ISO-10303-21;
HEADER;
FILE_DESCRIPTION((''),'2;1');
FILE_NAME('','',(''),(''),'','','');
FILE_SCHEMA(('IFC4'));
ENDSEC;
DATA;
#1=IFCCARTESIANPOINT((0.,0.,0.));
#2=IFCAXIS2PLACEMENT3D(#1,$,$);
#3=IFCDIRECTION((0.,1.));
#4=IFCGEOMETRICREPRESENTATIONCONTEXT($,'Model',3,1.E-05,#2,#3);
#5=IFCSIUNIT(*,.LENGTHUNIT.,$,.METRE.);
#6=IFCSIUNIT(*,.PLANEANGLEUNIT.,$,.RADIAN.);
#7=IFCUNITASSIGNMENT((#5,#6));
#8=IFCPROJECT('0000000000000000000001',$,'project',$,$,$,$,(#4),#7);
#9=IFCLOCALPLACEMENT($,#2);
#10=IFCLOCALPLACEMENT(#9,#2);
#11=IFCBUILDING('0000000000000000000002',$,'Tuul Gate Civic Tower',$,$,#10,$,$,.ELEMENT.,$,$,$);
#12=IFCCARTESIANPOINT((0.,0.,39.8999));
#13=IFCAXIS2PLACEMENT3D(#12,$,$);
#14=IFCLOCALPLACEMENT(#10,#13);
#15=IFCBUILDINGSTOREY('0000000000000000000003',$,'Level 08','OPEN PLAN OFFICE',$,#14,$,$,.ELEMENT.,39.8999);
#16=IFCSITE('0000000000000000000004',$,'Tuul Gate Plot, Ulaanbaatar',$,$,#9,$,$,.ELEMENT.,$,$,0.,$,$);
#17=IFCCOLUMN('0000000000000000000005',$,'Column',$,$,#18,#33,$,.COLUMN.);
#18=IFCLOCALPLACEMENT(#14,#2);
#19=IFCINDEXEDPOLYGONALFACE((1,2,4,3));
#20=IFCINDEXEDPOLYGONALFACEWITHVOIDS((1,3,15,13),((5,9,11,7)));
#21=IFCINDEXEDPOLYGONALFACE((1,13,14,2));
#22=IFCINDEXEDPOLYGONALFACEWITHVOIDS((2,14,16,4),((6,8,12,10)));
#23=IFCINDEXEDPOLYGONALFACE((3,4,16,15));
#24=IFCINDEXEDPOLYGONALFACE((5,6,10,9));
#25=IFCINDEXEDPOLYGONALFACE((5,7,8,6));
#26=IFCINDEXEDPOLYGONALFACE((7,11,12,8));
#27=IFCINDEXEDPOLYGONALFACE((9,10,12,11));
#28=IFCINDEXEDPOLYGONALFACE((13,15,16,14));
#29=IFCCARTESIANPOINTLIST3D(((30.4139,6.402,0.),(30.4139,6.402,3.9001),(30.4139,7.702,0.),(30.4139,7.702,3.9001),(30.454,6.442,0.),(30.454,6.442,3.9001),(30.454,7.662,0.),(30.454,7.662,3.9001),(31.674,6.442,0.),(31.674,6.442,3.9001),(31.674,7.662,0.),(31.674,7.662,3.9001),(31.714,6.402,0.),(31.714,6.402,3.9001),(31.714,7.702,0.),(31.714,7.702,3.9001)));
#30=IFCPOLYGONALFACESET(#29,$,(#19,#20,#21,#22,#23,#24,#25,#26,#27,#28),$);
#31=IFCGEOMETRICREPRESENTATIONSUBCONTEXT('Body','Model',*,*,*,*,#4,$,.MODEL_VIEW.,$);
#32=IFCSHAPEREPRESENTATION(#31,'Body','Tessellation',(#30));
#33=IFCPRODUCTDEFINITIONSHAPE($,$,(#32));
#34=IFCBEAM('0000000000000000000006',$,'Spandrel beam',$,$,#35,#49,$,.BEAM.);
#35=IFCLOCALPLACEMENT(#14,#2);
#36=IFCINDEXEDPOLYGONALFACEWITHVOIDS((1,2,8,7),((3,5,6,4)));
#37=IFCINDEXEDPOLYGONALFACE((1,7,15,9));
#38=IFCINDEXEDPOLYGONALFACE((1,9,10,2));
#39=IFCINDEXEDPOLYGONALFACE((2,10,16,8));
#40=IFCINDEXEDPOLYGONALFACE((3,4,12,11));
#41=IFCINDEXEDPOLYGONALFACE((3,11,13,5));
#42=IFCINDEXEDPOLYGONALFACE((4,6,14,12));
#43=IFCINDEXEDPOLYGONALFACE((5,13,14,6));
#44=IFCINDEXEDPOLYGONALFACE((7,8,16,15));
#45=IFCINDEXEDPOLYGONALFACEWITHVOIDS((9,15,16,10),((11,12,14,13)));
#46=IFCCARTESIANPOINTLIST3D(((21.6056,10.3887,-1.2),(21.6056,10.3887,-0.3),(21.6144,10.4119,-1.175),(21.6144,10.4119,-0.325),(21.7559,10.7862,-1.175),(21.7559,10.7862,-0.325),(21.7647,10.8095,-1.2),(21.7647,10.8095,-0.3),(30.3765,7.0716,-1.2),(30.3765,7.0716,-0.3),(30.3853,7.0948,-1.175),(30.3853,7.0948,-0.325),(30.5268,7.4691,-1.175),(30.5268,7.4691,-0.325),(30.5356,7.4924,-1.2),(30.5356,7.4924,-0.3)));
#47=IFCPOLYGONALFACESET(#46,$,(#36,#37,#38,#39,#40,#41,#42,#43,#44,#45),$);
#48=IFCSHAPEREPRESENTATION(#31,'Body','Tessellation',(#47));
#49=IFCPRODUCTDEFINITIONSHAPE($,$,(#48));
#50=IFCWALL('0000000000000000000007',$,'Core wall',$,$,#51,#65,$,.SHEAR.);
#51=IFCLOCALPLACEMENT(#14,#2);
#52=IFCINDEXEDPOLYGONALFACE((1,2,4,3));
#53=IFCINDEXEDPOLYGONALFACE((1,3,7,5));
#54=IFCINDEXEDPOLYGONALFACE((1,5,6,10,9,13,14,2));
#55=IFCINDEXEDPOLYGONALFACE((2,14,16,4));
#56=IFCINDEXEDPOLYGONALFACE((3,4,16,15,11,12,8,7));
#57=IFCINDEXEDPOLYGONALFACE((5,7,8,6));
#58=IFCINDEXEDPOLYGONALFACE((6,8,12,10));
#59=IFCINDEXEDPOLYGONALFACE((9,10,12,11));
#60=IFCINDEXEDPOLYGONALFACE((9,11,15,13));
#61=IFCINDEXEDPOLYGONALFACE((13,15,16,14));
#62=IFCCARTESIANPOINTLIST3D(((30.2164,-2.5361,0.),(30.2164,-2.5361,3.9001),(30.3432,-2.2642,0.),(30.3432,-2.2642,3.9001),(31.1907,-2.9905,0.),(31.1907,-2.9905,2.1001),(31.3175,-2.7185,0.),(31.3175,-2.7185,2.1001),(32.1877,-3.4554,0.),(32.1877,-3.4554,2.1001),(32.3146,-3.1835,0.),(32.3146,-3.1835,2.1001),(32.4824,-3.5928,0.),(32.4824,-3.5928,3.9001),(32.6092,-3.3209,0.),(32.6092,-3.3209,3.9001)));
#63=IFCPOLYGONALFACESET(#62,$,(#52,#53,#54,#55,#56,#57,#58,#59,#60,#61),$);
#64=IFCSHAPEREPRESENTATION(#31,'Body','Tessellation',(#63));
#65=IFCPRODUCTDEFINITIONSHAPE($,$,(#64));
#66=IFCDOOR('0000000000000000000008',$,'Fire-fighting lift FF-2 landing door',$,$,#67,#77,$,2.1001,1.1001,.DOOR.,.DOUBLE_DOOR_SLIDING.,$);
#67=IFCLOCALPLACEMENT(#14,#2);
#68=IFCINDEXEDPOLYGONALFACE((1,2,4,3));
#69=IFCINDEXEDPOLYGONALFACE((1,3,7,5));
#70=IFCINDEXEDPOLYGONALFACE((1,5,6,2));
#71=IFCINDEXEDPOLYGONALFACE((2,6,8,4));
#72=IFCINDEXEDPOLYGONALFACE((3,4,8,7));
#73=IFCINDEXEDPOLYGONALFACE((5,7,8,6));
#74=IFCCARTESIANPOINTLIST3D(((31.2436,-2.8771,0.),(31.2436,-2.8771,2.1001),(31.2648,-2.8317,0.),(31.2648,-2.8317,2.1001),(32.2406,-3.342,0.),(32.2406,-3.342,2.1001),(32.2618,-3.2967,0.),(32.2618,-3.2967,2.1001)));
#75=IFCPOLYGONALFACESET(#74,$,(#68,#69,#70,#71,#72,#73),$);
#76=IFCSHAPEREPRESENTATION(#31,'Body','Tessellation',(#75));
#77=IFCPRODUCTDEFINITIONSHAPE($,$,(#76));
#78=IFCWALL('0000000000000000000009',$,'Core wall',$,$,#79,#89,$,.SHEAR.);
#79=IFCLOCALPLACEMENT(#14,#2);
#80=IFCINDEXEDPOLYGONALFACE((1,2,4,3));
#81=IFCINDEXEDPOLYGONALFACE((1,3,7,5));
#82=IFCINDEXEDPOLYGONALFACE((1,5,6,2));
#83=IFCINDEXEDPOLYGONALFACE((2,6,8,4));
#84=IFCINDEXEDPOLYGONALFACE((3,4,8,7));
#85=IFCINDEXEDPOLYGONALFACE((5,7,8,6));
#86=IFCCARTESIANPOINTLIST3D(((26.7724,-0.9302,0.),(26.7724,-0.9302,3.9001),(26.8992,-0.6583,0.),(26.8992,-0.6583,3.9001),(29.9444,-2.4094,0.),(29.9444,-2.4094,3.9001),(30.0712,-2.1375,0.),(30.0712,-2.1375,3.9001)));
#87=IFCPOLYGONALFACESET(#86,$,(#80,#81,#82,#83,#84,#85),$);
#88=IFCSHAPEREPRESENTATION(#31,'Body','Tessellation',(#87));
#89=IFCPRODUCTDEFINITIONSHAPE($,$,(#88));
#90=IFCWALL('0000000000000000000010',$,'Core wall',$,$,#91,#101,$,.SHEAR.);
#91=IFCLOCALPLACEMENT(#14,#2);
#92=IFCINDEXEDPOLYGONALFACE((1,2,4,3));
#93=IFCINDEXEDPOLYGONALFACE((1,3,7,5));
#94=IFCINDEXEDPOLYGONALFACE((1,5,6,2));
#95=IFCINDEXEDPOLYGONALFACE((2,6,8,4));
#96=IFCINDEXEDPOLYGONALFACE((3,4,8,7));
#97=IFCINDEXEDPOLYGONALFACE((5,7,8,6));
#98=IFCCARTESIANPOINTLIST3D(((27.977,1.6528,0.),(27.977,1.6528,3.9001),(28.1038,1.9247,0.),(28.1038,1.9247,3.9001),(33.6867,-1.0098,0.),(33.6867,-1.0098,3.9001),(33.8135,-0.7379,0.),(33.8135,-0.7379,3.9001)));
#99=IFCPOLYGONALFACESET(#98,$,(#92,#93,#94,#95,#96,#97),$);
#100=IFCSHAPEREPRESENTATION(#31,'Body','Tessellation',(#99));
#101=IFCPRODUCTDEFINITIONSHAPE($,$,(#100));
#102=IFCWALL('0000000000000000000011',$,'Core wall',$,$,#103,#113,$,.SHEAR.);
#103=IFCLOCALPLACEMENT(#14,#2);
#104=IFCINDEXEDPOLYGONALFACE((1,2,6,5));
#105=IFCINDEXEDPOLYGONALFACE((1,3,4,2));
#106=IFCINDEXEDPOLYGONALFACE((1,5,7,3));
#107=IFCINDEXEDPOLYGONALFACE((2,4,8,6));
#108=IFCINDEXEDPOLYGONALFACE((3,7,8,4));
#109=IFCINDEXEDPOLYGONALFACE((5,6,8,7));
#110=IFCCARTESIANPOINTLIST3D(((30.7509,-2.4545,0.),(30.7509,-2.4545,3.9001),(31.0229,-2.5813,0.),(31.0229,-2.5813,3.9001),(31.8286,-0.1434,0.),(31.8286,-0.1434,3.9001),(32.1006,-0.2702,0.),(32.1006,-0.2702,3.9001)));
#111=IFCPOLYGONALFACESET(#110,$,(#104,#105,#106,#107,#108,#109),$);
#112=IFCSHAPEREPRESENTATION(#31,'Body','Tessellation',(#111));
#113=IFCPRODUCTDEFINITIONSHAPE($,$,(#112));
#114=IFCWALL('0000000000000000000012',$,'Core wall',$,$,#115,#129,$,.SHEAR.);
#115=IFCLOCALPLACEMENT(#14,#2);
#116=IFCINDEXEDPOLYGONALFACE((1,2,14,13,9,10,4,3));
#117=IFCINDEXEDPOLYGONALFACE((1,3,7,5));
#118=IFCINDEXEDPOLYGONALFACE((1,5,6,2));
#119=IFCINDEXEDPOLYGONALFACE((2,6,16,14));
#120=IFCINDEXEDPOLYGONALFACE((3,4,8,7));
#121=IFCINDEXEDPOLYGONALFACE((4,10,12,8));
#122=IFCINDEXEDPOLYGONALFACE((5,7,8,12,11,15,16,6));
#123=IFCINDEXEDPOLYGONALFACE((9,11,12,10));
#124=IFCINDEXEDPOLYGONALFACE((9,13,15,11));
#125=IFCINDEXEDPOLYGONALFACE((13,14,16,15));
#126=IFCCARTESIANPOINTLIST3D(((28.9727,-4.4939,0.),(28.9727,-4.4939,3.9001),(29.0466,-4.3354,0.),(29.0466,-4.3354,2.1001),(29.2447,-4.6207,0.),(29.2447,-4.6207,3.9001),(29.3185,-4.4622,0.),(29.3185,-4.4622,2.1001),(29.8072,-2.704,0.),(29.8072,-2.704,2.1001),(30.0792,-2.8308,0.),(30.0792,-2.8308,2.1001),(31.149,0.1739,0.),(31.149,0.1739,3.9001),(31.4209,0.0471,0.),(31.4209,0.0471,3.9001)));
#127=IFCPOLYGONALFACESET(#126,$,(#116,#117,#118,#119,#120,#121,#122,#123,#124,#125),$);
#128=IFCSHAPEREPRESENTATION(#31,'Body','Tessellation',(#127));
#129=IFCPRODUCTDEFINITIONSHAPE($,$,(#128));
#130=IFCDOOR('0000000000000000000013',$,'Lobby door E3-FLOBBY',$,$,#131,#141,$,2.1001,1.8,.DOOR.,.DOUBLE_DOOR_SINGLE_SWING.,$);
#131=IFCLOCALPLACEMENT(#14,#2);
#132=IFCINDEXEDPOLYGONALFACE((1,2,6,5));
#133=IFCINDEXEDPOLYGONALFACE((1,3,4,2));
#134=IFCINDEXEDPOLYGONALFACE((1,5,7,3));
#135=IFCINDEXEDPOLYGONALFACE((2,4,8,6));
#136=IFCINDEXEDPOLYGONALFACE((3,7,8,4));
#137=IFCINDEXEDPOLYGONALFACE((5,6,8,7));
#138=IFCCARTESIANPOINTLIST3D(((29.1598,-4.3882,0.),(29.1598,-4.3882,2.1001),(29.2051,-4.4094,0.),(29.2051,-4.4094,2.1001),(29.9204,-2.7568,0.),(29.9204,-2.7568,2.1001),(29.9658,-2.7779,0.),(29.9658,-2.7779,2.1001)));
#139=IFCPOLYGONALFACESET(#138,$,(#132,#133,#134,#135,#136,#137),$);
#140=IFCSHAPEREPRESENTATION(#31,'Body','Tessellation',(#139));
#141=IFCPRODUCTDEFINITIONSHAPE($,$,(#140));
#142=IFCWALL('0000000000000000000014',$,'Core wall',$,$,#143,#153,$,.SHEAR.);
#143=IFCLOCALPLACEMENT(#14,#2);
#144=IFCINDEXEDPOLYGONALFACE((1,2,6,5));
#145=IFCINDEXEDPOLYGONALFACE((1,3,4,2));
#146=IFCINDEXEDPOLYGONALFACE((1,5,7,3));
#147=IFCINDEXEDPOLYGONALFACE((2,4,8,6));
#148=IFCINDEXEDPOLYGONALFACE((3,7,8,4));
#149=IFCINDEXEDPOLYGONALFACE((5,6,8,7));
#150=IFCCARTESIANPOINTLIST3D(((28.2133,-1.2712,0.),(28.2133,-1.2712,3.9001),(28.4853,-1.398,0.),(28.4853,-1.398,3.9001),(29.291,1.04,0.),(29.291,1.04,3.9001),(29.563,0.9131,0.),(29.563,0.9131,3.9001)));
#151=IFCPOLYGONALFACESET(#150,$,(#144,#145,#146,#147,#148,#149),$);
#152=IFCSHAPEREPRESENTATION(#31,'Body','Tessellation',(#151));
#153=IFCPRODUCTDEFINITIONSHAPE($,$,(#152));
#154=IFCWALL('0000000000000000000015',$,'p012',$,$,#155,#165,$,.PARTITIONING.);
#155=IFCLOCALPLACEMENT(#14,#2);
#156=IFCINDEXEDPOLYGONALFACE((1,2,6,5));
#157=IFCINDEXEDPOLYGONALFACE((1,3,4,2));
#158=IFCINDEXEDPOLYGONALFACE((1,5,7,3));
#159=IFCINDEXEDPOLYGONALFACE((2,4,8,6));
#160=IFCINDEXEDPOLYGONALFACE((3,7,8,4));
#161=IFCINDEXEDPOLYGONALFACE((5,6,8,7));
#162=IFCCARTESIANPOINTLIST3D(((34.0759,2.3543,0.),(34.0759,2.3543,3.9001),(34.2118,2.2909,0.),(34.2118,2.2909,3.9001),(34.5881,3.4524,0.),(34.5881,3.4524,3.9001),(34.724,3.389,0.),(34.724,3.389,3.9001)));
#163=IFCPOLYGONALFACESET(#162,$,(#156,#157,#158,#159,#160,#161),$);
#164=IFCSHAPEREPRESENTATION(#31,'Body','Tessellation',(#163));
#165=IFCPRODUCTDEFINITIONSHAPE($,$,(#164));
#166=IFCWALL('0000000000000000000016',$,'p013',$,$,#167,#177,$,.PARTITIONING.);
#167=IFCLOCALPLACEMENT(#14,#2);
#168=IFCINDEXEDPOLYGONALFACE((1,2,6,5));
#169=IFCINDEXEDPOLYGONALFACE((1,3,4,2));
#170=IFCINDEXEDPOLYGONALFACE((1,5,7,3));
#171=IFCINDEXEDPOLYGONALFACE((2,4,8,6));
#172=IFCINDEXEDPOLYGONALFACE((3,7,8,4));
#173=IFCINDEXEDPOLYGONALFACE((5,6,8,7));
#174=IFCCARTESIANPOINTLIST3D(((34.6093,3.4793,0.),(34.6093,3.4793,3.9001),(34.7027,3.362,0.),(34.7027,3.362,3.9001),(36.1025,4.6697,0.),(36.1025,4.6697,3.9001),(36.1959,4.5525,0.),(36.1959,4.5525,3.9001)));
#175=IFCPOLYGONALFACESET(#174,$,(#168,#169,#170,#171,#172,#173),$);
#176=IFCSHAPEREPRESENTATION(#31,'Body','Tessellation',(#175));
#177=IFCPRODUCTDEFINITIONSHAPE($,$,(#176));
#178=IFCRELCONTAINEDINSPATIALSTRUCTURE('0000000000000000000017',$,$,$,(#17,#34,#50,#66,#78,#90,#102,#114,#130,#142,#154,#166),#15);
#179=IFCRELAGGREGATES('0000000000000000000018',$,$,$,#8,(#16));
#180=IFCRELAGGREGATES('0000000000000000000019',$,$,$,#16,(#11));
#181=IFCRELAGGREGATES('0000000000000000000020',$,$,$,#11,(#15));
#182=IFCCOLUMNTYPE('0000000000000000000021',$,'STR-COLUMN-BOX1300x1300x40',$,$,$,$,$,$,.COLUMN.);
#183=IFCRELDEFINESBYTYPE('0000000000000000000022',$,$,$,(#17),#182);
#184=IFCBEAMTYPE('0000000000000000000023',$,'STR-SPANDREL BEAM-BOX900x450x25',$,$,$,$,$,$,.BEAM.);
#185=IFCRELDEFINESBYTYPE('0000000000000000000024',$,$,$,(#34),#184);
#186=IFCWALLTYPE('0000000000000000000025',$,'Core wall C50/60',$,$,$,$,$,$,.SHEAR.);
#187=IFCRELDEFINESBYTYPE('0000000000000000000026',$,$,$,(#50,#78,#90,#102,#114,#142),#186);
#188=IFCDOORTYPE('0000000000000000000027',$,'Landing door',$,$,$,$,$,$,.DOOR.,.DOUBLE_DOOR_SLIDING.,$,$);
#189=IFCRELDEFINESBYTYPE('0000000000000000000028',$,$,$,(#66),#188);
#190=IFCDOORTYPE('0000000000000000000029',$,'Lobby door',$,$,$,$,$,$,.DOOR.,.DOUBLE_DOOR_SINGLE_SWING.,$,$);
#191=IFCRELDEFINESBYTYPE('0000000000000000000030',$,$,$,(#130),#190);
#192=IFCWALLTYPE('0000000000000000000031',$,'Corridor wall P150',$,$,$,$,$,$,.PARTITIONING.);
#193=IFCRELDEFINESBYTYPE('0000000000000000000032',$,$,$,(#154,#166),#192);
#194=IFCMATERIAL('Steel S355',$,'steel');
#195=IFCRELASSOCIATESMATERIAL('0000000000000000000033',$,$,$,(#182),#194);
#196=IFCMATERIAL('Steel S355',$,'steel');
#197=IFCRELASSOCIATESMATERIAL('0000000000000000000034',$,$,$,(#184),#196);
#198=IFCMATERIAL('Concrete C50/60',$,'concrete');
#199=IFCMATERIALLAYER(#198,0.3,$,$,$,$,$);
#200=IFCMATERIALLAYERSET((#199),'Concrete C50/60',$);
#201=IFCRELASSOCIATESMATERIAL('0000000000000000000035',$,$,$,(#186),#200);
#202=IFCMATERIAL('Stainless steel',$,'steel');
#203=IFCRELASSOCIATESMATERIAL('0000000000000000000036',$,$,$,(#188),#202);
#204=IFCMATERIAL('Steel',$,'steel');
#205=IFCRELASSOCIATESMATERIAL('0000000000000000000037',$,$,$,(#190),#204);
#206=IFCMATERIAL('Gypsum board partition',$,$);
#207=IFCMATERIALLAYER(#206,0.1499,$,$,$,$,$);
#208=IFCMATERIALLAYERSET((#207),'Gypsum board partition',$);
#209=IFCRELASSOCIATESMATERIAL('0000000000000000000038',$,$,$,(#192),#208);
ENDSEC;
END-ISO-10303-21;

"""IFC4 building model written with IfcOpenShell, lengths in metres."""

from ifc_helpers import new_model, si_unit, direction, frame, frame_2d, origin, origin_2d, place, context, subcontext, project, spatial, rectangle, hollow_rectangle, extrude, material, layer, layer_set, material_profile, profile_set, type_object, element, fill, save


model = new_model("IFC4")

# Units and contexts
model_context = context("Model", 3, precision=1e-05, world=origin(), true_north=direction((0.0, 1.0)))
body_context = subcontext(model_context, "Body", "Model", "MODEL_VIEW")
ifc_project = project(units=[si_unit("LENGTHUNIT", "METRE"), si_unit("PLANEANGLEUNIT", "RADIAN")], contexts=[model_context])

# Site, building, storey
site_placement = place(None, origin())
site = spatial("IfcSite", under=ifc_project, at=site_placement, Name="Tuul Gate Plot, Ulaanbaatar", CompositionType="ELEMENT", RefElevation=0.0)
building_placement = place(site_placement, origin())
building = spatial("IfcBuilding", under=site, at=building_placement, Name="Tuul Gate Civic Tower", CompositionType="ELEMENT")
storey_placement = place(building_placement, frame((0.0, 0.0, 39.8999)))
storey = spatial("IfcBuildingStorey", under=building, at=storey_placement, Name="Level 08", Description="OPEN PLAN OFFICE", CompositionType="ELEMENT", Elevation=39.8999)

# Column
ifc_material_1 = material(Name="Steel S355", Category="steel")
ifc_material_profile_1 = material_profile(ifc_material_1, hollow_rectangle(XDim=1.3, YDim=1.3, WallThickness=0.04, at=origin_2d()), Name="BOX1300x1300x40")
ifc_profile_set_1 = profile_set([ifc_material_profile_1], Name="Steel S355")
column_type = type_object("IfcColumnType", Name="STR-COLUMN-BOX1300x1300x40", PredefinedType="COLUMN", material=ifc_profile_set_1)
column_placement = place(storey_placement, frame((31.064, 7.052, 0.0), z_axis=(0.0, 0.0, 1.0), x_axis=(1.0, 0.0, 0.0)))
element("IfcColumn", 1, at=column_placement, inside=storey, type_object=column_type, Name="Column", PredefinedType="COLUMN", context=body_context, shape_type="SweptSolid", body=[
    extrude(hollow_rectangle(XDim=1.3, YDim=1.3, WallThickness=0.04, at=origin_2d()), origin(), (0.0, 0.0, 1.0), 3.9001),
])

# Beam
ifc_material_2 = material(Name="Steel S355", Category="steel")
ifc_material_profile_2 = material_profile(ifc_material_2, hollow_rectangle(XDim=0.45, YDim=0.8999, WallThickness=0.0249, at=origin_2d()), Name="BOX900x450x25")
ifc_profile_set_2 = profile_set([ifc_material_profile_2], Name="Steel S355")
beam_type = type_object("IfcBeamType", Name="STR-SPANDREL BEAM-BOX900x450x25", PredefinedType="BEAM", material=ifc_profile_set_2)
beam_placement = place(storey_placement, frame((30.4561, 7.282, -0.75), z_axis=(-0.935343, 0.353741, 0.0), x_axis=(-0.353741, -0.935343, 0.0)))
element("IfcBeam", 2, at=beam_placement, inside=storey, type_object=beam_type, Name="Spandrel beam", PredefinedType="BEAM", context=body_context, shape_type="SweptSolid", body=[
    extrude(hollow_rectangle(XDim=0.45, YDim=0.8999, WallThickness=0.0249, at=origin_2d()), origin(), (0.0, 0.0, 1.0), 9.3772),
])

# Wall, opening, door
ifc_material_3 = material(Name="Concrete C50/60", Category="concrete")
ifc_layer_1 = layer(ifc_material_3, 0.3)
ifc_layer_set_1 = layer_set([ifc_layer_1], Name="Concrete C50/60")
wall_type_1 = type_object("IfcWallType", Name="Core wall C50/60", PredefinedType="SHEAR", material=ifc_layer_set_1)
wall_1_placement = place(storey_placement, frame((32.5457, -3.4568, 0.0), z_axis=(0.0, 0.0, 1.0), x_axis=(-0.9063, 0.422634, 0.0)))
wall_1 = element("IfcWall", 3, at=wall_1_placement, inside=storey, type_object=wall_type_1, Name="Core wall", PredefinedType="SHEAR", context=body_context, shape_type="SweptSolid", body=[
    extrude(rectangle(XDim=2.5002, YDim=0.3, at=frame_2d((1.25, 0.0))), origin(), (0.0, 0.0, 1.0), 3.9001),
])
opening_1_placement = place(wall_1_placement, frame((0.325, 0.0, 0.0)))
opening_1 = element("IfcOpeningElement", 4, at=opening_1_placement, cuts=wall_1, PredefinedType="OPENING", context=body_context, shape_type="SweptSolid", body=[
    extrude(rectangle(XDim=1.1001, YDim=2.1001, at=frame_2d((0.55, 1.05))), frame((0.0, 0.1602, 0.0), z_axis=(0.0, -1.0, 0.0), x_axis=(1.0, 0.0, 0.0)), (0.0, 0.0, 1.0), 0.3201),
])
ifc_material_4 = material(Name="Stainless steel", Category="steel")
door_type_1 = type_object("IfcDoorType", Name="Landing door", OperationType="DOUBLE_DOOR_SLIDING", PredefinedType="DOOR", material=ifc_material_4)
door_1_placement = place(opening_1_placement, origin())
door_1 = element("IfcDoor", 5, at=door_1_placement, inside=storey, type_object=door_type_1, Name="Fire-fighting lift FF-2 landing door", OperationType="DOUBLE_DOOR_SLIDING", OverallHeight=2.1001, OverallWidth=1.1001, PredefinedType="DOOR", context=body_context, shape_type="SweptSolid", body=[
    extrude(rectangle(XDim=1.1001, YDim=2.1001, at=frame_2d((0.55, 1.05))), frame((0.0, 0.0249, 0.0), z_axis=(0.0, -1.0, 0.0), x_axis=(1.0, 0.0, 0.0)), (0.0, 0.0, 1.0), 0.05),
])
fill(opening_1, door_1)

# Walls
wall_2_placement = place(storey_placement, frame((30.0078, -2.2734, 0.0), z_axis=(0.0, 0.0, 1.0), x_axis=(-0.906301, 0.422633, 0.0)))
element("IfcWall", 6, at=wall_2_placement, inside=storey, type_object=wall_type_1, Name="Core wall", PredefinedType="SHEAR", context=body_context, shape_type="SweptSolid", body=[
    extrude(rectangle(XDim=3.5, YDim=0.3, at=frame_2d((1.75, 0.0))), origin(), (0.0, 0.0, 1.0), 3.9001),
])
wall_3_placement = place(storey_placement, frame((33.75, -0.8738, 0.0), z_axis=(0.0, 0.0, 1.0), x_axis=(-0.906301, 0.422633, 0.0)))
element("IfcWall", 7, at=wall_3_placement, inside=storey, type_object=wall_type_1, Name="Core wall", PredefinedType="SHEAR", context=body_context, shape_type="SweptSolid", body=[
    extrude(rectangle(XDim=6.3, YDim=0.3, at=frame_2d((3.1499, 0.0))), origin(), (0.0, 0.0, 1.0), 3.9001),
])
wall_4_placement = place(storey_placement, frame((30.887, -2.5178, 0.0), z_axis=(0.0, 0.0, 1.0), x_axis=(0.422613, 0.90631, 0.0)))
element("IfcWall", 8, at=wall_4_placement, inside=storey, type_object=wall_type_1, Name="Core wall", PredefinedType="SHEAR", context=body_context, shape_type="SweptSolid", body=[
    extrude(rectangle(XDim=2.55, YDim=0.3, at=frame_2d((1.2749, 0.0))), origin(), (0.0, 0.0, 1.0), 3.9001),
])

# Wall, opening, door
wall_5_placement = place(storey_placement, frame((29.1086, -4.5574, 0.0), z_axis=(0.0, 0.0, 1.0), x_axis=(0.422566, 0.906332, 0.0)))
wall_5 = element("IfcWall", 9, at=wall_5_placement, inside=storey, type_object=wall_type_1, Name="Core wall", PredefinedType="SHEAR", context=body_context, shape_type="SweptSolid", body=[
    extrude(rectangle(XDim=5.1501, YDim=0.3, at=frame_2d((2.5752, 0.0))), origin(), (0.0, 0.0, 1.0), 3.9001),
])
opening_2_placement = place(wall_5_placement, frame((0.175, 0.0, 0.0)))
opening_2 = element("IfcOpeningElement", 10, at=opening_2_placement, cuts=wall_5, PredefinedType="OPENING", context=body_context, shape_type="SweptSolid", body=[
    extrude(rectangle(XDim=1.8, YDim=2.1001, at=frame_2d((0.8999, 1.05))), frame((0.0, 0.1602, 0.0), z_axis=(0.0, -1.0, 0.0), x_axis=(1.0, 0.0, 0.0)), (0.0, 0.0, 1.0), 0.3201),
])
ifc_material_5 = material(Name="Steel", Category="steel")
door_type_2 = type_object("IfcDoorType", Name="Lobby door", OperationType="DOUBLE_DOOR_SINGLE_SWING", PredefinedType="DOOR", material=ifc_material_5)
door_2_placement = place(opening_2_placement, frame((1.8, 0.0, 0.0), z_axis=(0.0, 0.0, 1.0), x_axis=(-1.0, 0.0, 0.0)))
door_2 = element("IfcDoor", 11, at=door_2_placement, inside=storey, type_object=door_type_2, Name="Lobby door E3-FLOBBY", OperationType="DOUBLE_DOOR_SINGLE_SWING", OverallHeight=2.1001, OverallWidth=1.8, PredefinedType="DOOR", context=body_context, shape_type="SweptSolid", body=[
    extrude(rectangle(XDim=1.8, YDim=2.1001, at=frame_2d((0.9001, 1.05))), frame((0.0, 0.0249, 0.0), z_axis=(0.0, -1.0, 0.0), x_axis=(1.0, 0.0, 0.0)), (0.0, 0.0, 1.0), 0.05),
])
fill(opening_2, door_2)

# Walls
wall_6_placement = place(storey_placement, frame((28.3494, -1.3345, 0.0), z_axis=(0.0, 0.0, 1.0), x_axis=(0.422613, 0.90631, 0.0)))
element("IfcWall", 12, at=wall_6_placement, inside=storey, type_object=wall_type_1, Name="Core wall", PredefinedType="SHEAR", context=body_context, shape_type="SweptSolid", body=[
    extrude(rectangle(XDim=2.55, YDim=0.3, at=frame_2d((1.2749, 0.0))), origin(), (0.0, 0.0, 1.0), 3.9001),
])
ifc_material_6 = material(Name="Gypsum board partition")
ifc_layer_2 = layer(ifc_material_6, 0.1499)
ifc_layer_set_2 = layer_set([ifc_layer_2], Name="Gypsum board partition")
wall_type_2 = type_object("IfcWallType", Name="Corridor wall P150", PredefinedType="PARTITIONING", material=ifc_layer_set_2)
wall_7_placement = place(storey_placement, frame((34.1438, 2.3225, 0.0), z_axis=(0.0, 0.0, 1.0), x_axis=(0.422709, 0.906265, 0.0)))
element("IfcWall", 13, at=wall_7_placement, inside=storey, type_object=wall_type_2, Name="p012", PredefinedType="PARTITIONING", context=body_context, shape_type="SweptSolid", body=[
    extrude(rectangle(XDim=1.2117, YDim=0.1499, at=frame_2d((0.606, 0.0))), origin(), (0.0, 0.0, 1.0), 3.9001),
])
wall_8_placement = place(storey_placement, frame((34.656, 3.4207, 0.0), z_axis=(0.0, 0.0, 1.0), x_axis=(0.781915, 0.623385, 0.0)))
element("IfcWall", 14, at=wall_8_placement, inside=storey, type_object=wall_type_2, Name="p013", PredefinedType="PARTITIONING", context=body_context, shape_type="SweptSolid", body=[
    extrude(rectangle(XDim=1.9097, YDim=0.1499, at=frame_2d((0.9548, 0.0))), origin(), (0.0, 0.0, 1.0), 3.9001),
])

save(model, "model.ifc")
